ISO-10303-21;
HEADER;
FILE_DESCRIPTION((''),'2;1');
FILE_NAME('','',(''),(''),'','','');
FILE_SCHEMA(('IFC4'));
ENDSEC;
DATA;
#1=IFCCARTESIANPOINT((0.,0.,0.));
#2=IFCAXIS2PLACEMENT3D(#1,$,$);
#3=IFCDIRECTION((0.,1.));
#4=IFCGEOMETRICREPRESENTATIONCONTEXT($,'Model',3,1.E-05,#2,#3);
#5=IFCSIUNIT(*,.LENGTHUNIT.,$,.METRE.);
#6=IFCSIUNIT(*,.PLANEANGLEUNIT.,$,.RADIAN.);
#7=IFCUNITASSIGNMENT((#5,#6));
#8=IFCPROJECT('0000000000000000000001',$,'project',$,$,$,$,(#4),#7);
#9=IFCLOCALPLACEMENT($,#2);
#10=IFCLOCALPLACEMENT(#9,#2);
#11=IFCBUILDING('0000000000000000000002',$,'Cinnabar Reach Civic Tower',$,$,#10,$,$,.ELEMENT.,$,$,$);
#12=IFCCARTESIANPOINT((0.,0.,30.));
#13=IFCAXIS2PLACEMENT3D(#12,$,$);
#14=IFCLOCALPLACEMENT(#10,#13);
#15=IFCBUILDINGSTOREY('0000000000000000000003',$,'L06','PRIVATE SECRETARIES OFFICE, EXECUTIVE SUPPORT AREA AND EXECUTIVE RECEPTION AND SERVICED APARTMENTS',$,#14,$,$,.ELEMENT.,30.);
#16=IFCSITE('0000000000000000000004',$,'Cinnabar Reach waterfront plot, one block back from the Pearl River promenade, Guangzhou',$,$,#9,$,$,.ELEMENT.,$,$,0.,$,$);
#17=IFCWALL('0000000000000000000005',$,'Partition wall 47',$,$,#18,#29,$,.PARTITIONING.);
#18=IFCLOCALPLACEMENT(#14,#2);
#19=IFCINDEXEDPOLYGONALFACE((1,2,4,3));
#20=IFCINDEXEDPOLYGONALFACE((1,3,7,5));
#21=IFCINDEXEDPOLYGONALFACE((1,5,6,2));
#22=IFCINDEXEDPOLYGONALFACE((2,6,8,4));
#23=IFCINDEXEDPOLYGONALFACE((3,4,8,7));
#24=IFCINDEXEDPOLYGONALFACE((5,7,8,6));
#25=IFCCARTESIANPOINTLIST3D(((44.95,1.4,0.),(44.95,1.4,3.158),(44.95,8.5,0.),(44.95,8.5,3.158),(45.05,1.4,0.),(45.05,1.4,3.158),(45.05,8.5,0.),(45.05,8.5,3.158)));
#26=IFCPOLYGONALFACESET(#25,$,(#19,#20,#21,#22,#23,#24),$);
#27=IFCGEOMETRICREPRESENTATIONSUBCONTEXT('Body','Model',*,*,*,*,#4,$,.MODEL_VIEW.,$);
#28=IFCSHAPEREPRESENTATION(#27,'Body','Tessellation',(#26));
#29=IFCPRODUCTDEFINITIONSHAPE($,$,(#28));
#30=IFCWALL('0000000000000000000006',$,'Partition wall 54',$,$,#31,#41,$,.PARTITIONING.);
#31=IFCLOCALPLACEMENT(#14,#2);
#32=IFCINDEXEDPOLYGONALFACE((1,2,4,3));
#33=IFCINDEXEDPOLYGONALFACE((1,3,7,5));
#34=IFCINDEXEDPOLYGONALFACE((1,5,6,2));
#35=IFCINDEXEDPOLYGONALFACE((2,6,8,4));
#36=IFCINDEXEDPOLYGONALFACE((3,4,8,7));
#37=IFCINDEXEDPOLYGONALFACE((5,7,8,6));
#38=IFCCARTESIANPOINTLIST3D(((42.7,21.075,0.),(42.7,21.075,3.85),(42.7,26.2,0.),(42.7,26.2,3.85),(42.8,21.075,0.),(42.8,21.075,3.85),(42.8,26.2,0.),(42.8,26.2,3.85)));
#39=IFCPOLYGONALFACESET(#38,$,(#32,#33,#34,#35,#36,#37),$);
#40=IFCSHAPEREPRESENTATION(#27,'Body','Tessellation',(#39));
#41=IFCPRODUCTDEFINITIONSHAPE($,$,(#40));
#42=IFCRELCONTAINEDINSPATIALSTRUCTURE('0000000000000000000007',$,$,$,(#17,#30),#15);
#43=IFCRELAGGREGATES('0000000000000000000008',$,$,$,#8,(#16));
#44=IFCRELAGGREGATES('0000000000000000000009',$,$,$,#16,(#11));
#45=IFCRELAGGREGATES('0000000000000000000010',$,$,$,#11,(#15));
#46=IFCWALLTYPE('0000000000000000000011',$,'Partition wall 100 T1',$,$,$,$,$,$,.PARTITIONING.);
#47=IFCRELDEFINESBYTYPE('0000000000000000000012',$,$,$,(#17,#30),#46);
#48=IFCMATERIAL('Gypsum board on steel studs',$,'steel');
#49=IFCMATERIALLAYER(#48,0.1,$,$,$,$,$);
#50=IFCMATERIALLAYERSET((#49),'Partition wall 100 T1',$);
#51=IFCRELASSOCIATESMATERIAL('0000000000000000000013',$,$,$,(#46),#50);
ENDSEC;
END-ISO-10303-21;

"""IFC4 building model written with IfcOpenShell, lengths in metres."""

from ifc_helpers import new_model, si_unit, direction, frame, frame_2d, origin, place, context, subcontext, project, spatial, rectangle, extrude, material, layer, layer_set, type_object, element, save


model = new_model("IFC4")

# Units and contexts
model_context = context("Model", 3, precision=1e-05, world=origin(), true_north=direction((0.0, 1.0)))
body_context = subcontext(model_context, "Body", "Model", "MODEL_VIEW")
ifc_project = project(units=[si_unit("LENGTHUNIT", "METRE"), si_unit("PLANEANGLEUNIT", "RADIAN")], contexts=[model_context])

# Site, building, storey
site_placement = place(None, origin())
site = spatial("IfcSite", under=ifc_project, at=site_placement, Name="Cinnabar Reach waterfront plot, one block back from the Pearl River promenade, Guangzhou", CompositionType="ELEMENT", RefElevation=0.0)
building_placement = place(site_placement, origin())
building = spatial("IfcBuilding", under=site, at=building_placement, Name="Cinnabar Reach Civic Tower", CompositionType="ELEMENT")
storey_placement = place(building_placement, frame((0.0, 0.0, 30.0)))
storey = spatial("IfcBuildingStorey", under=building, at=storey_placement, Name="L06", Description="PRIVATE SECRETARIES OFFICE, EXECUTIVE SUPPORT AREA AND EXECUTIVE RECEPTION AND SERVICED APARTMENTS", CompositionType="ELEMENT", Elevation=30.0)

# Walls
ifc_material_1 = material(Name="Gypsum board on steel studs", Category="steel")
ifc_layer_1 = layer(ifc_material_1, 0.1)
ifc_layer_set_1 = layer_set([ifc_layer_1], Name="Partition wall 100 T1")
wall_type_1 = type_object("IfcWallType", Name="Partition wall 100 T1", PredefinedType="PARTITIONING", material=ifc_layer_set_1)
wall_1_placement = place(storey_placement, frame((45.0, 1.4, 0.0), z_axis=(0.0, 0.0, 1.0), x_axis=(0.0, 1.0, 0.0)))
element("IfcWall", 1, at=wall_1_placement, inside=storey, type_object=wall_type_1, Name="Partition wall 47", PredefinedType="PARTITIONING", context=body_context, shape_type="SweptSolid", body=[
    extrude(rectangle(XDim=7.1, YDim=0.1, at=frame_2d((3.55, 0.0))), origin(), (0.0, 0.0, 1.0), 3.158),
])
wall_2_placement = place(storey_placement, frame((42.75, 21.075, 0.0), z_axis=(0.0, 0.0, 1.0), x_axis=(0.0, 1.0, 0.0)))
element("IfcWall", 2, at=wall_2_placement, inside=storey, type_object=wall_type_1, Name="Partition wall 54", PredefinedType="PARTITIONING", context=body_context, shape_type="SweptSolid", body=[
    extrude(rectangle(XDim=5.125, YDim=0.1, at=frame_2d((2.5625, 0.0))), origin(), (0.0, 0.0, 1.0), 3.85),
])

save(model, "model.ifc")
